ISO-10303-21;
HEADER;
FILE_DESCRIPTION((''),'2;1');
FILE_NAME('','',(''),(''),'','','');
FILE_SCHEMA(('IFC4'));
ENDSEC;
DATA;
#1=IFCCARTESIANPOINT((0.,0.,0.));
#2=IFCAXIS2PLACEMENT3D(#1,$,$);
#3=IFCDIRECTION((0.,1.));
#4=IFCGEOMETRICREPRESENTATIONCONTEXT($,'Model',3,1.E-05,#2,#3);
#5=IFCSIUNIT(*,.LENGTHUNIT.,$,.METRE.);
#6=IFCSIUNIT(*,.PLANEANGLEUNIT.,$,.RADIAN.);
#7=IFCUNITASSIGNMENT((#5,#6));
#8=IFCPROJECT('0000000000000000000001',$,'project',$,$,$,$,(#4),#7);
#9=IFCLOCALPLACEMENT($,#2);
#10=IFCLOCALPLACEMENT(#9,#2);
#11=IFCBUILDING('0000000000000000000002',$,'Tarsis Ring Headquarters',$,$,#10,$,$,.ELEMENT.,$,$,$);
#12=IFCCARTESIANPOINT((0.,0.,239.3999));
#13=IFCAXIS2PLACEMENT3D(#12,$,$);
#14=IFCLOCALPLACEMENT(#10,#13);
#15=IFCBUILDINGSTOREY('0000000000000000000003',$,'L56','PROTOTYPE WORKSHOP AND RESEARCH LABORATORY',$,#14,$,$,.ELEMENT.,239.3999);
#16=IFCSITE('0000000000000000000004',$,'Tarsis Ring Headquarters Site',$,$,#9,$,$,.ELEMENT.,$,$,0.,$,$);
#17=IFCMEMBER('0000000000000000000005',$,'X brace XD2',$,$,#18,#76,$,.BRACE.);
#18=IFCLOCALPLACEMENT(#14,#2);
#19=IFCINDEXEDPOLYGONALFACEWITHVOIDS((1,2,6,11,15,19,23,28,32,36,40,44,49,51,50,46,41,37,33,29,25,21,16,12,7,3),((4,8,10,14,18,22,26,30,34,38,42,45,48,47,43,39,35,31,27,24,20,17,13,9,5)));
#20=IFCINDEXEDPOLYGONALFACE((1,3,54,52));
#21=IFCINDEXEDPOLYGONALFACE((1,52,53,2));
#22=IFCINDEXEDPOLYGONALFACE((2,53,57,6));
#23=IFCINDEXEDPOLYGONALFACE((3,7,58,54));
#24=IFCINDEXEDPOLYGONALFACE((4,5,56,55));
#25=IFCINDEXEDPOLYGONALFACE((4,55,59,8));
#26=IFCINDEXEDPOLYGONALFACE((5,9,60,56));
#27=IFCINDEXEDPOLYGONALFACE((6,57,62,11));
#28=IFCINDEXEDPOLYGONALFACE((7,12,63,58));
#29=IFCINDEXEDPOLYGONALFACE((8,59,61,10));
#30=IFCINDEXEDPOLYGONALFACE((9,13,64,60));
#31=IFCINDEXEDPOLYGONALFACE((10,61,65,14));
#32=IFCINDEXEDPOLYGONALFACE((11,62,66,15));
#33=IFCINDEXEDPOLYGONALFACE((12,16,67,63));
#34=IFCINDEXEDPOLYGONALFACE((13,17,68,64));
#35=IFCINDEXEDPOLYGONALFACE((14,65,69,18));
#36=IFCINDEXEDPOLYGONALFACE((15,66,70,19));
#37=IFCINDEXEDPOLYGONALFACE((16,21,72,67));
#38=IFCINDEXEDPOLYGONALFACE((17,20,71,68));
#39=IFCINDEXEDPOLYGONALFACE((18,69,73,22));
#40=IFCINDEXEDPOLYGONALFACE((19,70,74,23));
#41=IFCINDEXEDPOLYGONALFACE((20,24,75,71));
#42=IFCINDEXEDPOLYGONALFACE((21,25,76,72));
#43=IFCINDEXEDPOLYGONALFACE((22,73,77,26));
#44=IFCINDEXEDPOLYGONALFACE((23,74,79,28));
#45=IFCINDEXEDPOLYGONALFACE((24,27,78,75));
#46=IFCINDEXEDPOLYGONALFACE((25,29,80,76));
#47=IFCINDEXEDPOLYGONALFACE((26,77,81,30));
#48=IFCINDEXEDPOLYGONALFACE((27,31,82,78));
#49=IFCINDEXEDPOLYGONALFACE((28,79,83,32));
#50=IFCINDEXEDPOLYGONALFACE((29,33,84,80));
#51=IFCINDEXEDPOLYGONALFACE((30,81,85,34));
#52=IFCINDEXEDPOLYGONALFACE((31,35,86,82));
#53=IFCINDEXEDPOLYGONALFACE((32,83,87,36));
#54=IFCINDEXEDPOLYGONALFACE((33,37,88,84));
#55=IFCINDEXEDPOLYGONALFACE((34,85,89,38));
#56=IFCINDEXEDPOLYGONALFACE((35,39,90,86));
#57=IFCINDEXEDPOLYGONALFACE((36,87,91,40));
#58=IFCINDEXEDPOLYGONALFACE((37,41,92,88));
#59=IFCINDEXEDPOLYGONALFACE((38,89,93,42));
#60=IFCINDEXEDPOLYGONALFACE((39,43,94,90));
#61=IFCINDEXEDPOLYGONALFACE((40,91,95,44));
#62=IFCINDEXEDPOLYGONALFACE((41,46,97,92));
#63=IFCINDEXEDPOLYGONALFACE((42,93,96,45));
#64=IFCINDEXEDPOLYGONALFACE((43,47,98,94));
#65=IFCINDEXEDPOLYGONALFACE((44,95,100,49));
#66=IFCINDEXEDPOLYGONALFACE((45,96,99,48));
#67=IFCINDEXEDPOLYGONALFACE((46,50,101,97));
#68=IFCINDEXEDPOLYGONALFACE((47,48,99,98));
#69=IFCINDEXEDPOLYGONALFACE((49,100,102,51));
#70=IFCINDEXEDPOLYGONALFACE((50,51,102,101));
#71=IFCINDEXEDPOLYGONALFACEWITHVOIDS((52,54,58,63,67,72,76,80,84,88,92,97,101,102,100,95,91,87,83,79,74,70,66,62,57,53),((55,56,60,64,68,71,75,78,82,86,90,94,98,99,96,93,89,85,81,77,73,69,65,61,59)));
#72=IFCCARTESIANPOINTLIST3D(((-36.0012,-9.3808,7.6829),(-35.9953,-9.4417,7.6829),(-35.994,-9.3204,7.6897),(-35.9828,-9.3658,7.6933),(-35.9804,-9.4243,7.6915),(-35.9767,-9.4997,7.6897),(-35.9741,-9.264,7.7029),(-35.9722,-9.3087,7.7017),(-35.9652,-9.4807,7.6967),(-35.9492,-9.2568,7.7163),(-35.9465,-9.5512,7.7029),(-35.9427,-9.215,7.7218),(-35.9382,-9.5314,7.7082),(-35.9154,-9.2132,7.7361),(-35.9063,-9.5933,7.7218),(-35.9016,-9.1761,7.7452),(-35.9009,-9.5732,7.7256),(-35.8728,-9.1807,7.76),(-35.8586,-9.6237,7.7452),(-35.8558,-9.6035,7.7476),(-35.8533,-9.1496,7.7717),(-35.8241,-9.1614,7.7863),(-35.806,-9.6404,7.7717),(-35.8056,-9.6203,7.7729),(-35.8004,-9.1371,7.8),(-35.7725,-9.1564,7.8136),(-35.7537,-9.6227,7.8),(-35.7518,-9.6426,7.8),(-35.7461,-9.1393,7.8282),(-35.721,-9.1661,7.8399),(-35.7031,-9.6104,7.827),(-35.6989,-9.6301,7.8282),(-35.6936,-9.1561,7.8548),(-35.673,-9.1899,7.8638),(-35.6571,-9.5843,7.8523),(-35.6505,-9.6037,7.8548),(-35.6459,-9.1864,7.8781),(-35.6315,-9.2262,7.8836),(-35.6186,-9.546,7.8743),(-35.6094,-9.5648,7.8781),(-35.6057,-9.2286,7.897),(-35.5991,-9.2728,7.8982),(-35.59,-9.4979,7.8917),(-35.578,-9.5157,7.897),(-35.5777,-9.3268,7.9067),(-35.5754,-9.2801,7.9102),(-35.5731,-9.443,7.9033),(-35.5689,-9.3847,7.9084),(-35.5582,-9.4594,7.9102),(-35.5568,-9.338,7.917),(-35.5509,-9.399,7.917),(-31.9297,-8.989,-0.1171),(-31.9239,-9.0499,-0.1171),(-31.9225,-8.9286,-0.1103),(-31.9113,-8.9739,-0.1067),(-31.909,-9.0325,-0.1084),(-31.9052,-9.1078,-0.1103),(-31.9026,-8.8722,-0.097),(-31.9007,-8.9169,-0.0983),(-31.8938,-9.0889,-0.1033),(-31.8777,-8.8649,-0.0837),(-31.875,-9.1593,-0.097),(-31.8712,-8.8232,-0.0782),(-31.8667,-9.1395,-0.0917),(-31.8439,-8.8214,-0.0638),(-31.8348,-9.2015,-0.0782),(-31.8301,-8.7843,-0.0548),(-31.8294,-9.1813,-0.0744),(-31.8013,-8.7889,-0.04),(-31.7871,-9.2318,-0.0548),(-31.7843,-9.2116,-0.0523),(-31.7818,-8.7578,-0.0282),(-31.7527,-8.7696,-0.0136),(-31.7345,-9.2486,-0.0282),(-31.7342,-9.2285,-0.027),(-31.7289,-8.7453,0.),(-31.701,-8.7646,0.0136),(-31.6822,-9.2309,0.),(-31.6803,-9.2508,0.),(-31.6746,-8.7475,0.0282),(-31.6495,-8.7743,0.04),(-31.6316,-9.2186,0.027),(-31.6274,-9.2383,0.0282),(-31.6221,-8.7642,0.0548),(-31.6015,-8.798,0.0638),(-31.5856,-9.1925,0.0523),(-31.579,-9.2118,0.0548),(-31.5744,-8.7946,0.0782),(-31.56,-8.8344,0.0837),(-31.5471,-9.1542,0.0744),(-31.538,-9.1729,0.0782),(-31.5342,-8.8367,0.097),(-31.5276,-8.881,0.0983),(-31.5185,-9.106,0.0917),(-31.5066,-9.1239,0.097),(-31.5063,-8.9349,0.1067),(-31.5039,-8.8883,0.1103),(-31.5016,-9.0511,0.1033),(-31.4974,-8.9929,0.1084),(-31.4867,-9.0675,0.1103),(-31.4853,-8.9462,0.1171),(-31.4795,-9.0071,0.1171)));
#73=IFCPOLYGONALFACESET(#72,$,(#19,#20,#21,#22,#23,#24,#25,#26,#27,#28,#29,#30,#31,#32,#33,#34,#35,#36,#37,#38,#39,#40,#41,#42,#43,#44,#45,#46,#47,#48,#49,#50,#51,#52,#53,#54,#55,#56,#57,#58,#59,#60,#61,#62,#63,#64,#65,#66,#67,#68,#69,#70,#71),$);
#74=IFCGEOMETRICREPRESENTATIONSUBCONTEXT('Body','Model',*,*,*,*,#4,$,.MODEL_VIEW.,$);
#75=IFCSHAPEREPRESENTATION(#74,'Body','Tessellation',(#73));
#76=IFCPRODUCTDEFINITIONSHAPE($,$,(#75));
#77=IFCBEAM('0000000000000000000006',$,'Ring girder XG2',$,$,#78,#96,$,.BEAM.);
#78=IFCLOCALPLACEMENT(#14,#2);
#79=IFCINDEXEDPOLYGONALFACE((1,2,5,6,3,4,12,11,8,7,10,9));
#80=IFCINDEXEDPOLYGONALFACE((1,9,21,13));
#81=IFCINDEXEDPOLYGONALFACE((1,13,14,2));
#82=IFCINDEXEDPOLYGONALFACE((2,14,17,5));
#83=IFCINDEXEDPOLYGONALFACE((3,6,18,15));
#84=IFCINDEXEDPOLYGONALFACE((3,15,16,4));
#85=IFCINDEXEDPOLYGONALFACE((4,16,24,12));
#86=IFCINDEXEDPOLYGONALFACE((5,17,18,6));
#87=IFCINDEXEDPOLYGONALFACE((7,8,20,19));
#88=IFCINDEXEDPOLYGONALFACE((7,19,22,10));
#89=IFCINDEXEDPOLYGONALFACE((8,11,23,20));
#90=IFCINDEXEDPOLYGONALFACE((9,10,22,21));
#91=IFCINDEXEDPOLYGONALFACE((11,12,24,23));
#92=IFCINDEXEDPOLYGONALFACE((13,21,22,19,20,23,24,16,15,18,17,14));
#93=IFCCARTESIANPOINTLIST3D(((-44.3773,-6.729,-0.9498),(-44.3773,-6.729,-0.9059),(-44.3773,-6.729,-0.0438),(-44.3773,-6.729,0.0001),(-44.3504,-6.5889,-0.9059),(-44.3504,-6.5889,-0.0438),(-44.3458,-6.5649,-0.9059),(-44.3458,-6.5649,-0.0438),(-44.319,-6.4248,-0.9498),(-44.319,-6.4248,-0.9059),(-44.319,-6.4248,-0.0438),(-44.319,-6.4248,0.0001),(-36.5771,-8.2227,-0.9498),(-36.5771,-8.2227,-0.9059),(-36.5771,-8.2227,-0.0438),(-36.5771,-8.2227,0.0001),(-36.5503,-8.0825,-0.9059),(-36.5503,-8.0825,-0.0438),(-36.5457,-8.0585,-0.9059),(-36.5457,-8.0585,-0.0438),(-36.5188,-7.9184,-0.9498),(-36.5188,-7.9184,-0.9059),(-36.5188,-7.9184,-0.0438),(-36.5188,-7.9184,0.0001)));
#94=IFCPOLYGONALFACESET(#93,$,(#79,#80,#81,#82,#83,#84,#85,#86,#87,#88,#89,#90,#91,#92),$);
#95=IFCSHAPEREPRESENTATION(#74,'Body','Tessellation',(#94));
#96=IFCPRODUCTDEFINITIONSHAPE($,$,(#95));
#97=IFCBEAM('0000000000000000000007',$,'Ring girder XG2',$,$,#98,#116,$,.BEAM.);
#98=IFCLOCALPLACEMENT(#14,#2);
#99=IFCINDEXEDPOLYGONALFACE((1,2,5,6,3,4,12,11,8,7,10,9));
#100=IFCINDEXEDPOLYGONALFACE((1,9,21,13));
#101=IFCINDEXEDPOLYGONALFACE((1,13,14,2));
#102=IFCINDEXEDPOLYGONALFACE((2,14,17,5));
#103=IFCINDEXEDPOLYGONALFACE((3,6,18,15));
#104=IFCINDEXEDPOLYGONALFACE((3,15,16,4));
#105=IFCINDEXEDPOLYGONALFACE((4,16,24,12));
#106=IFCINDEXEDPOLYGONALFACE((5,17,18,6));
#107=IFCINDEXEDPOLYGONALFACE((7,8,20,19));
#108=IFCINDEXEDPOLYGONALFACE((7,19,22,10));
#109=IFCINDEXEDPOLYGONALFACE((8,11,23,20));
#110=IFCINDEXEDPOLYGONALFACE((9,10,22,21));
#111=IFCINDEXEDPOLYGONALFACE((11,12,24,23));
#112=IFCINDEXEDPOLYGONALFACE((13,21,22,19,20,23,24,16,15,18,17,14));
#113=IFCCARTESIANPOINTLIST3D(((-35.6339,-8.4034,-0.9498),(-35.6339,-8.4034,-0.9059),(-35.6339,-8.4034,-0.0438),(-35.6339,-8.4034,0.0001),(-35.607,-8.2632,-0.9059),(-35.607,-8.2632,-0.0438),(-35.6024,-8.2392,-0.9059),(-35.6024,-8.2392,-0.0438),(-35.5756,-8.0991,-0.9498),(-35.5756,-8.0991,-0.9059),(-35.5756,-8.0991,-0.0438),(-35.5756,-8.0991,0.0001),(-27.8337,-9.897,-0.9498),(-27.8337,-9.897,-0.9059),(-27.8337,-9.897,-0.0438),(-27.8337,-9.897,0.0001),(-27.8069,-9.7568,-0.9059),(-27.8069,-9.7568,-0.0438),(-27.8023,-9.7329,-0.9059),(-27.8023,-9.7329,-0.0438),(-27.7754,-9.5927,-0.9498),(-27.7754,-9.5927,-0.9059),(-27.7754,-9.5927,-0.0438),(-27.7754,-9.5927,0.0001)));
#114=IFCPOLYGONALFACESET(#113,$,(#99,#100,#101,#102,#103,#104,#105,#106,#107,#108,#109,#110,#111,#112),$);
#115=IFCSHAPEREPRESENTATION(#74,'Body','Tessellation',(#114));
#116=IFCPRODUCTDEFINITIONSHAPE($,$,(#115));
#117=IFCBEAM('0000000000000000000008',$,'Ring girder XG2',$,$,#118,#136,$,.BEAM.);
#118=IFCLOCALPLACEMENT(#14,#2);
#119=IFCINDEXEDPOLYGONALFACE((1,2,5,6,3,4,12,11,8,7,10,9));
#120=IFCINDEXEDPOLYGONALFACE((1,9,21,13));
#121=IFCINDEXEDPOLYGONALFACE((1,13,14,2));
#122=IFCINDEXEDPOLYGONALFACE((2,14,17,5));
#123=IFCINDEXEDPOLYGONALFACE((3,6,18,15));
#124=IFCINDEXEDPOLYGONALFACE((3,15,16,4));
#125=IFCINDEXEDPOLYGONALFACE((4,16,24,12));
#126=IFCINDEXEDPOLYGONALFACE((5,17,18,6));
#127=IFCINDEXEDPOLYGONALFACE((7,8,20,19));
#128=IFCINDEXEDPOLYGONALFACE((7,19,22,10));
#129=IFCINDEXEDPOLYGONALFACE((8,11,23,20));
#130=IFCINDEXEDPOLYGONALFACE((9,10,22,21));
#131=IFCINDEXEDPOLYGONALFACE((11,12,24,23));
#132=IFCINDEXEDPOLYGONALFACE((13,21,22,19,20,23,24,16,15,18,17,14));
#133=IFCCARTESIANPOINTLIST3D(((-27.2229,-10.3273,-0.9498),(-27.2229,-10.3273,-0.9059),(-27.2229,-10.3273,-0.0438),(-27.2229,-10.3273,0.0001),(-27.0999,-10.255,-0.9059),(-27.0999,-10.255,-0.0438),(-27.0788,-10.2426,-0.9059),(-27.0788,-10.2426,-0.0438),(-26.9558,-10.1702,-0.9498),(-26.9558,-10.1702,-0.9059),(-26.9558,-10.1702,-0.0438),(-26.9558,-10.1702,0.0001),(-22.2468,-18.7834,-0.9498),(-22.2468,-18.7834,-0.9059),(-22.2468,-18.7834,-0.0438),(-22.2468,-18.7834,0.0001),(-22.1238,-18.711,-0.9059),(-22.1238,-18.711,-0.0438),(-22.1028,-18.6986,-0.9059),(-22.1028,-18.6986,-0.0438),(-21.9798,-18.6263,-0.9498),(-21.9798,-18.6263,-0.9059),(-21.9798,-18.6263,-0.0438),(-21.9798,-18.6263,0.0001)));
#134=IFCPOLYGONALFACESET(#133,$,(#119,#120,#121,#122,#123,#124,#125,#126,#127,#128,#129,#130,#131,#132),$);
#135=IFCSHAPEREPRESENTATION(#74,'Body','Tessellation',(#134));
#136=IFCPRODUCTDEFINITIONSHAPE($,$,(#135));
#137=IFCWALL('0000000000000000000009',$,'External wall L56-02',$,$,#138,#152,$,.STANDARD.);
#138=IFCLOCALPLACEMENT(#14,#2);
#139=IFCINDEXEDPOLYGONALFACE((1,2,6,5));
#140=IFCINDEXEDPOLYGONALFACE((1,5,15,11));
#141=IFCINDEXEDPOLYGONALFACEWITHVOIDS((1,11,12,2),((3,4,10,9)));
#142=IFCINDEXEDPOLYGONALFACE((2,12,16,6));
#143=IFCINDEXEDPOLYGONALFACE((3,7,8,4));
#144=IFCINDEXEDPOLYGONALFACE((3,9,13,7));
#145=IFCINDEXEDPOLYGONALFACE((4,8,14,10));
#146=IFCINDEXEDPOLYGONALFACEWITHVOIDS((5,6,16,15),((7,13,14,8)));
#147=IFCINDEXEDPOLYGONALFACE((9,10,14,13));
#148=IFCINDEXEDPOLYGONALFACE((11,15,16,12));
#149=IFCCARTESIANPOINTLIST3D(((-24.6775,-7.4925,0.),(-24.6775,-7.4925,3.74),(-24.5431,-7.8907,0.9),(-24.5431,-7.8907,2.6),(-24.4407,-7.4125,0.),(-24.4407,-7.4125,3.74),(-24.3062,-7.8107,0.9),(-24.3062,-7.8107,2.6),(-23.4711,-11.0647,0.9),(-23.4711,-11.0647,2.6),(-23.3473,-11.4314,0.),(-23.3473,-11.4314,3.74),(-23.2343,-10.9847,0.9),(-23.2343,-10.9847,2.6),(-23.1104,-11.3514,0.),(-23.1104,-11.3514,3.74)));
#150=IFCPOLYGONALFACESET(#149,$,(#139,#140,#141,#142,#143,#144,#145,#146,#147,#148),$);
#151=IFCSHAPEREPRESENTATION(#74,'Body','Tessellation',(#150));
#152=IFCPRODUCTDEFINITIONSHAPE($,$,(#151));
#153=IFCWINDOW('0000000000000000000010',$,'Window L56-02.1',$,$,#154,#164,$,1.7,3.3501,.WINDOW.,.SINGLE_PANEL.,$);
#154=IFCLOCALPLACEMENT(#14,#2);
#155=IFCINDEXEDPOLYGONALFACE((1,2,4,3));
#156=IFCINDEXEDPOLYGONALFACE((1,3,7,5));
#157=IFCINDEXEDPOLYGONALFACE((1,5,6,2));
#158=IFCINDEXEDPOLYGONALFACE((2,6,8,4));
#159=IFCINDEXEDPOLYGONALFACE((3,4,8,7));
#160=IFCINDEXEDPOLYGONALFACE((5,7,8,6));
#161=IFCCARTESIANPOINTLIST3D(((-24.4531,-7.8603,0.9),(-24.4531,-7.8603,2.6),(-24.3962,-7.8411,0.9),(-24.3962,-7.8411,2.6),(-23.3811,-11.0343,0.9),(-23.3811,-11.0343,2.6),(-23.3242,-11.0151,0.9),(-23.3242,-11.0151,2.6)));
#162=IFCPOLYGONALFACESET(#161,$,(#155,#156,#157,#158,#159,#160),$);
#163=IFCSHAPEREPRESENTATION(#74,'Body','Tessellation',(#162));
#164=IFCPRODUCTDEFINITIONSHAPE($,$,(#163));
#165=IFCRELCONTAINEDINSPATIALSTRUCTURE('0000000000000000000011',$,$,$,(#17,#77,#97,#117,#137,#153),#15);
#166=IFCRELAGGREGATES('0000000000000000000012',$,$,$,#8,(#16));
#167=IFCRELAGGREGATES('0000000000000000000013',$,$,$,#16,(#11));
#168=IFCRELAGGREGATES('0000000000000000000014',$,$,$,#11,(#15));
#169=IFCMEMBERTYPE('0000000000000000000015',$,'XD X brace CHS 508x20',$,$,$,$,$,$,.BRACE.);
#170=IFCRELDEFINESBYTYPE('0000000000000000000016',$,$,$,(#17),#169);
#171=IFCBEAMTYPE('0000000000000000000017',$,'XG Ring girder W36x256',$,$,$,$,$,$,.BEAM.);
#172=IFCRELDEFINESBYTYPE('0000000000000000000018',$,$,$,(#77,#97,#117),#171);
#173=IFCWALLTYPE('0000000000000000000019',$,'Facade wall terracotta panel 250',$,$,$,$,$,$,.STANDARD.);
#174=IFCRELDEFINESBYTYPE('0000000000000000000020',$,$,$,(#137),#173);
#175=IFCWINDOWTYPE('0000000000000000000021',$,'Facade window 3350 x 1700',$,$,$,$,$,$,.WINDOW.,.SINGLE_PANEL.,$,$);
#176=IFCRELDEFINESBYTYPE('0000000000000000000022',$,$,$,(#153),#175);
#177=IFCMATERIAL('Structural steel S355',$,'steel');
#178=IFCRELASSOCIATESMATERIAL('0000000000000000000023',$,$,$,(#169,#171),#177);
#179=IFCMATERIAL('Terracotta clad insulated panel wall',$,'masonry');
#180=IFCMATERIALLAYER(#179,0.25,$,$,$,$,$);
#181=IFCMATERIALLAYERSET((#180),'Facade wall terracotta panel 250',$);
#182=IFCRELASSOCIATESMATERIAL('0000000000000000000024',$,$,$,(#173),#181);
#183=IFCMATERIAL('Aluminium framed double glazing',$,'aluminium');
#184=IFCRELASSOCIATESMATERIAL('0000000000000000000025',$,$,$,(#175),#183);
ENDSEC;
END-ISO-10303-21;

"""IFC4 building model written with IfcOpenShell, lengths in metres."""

from ifc_helpers import new_model, si_unit, direction, frame, frame_2d, origin, origin_2d, place, context, subcontext, project, spatial, rectangle, hollow_circle, i_section, extrude, material, layer, layer_set, material_profile, profile_set, type_object, element, fill, save


model = new_model("IFC4")

# Units and contexts
model_context = context("Model", 3, precision=1e-05, world=origin(), true_north=direction((0.0, 1.0)))
body_context = subcontext(model_context, "Body", "Model", "MODEL_VIEW")
ifc_project = project(units=[si_unit("LENGTHUNIT", "METRE"), si_unit("PLANEANGLEUNIT", "RADIAN")], contexts=[model_context])

# Site, building, storey
site_placement = place(None, origin())
site = spatial("IfcSite", under=ifc_project, at=site_placement, Name="Tarsis Ring Headquarters Site", CompositionType="ELEMENT", RefElevation=0.0)
building_placement = place(site_placement, origin())
building = spatial("IfcBuilding", under=site, at=building_placement, Name="Tarsis Ring Headquarters", CompositionType="ELEMENT")
storey_placement = place(building_placement, frame((0.0, 0.0, 239.3999)))
storey = spatial("IfcBuildingStorey", under=building, at=storey_placement, Name="L56", Description="PROTOTYPE WORKSHOP AND RESEARCH LABORATORY", CompositionType="ELEMENT", Elevation=239.3999)

# Shared definitions
ifc_material_1 = material(Name="Structural steel S355", Category="steel")

# Member
ifc_material_profile_1 = material_profile(ifc_material_1, hollow_circle(Radius=0.2539, WallThickness=0.02, at=origin_2d()), Name="CHS 508x20")
ifc_profile_set_1 = profile_set([ifc_material_profile_1], Name="Structural steel S355")
member_type = type_object("IfcMemberType", Name="XD X brace CHS 508x20", PredefinedType="BRACE", material=ifc_profile_set_1)
member_1_placement = place(storey_placement, frame((-31.7046, -8.998, 0.0), z_axis=(-0.462281, -0.04449, 0.885617), x_axis=(0.095798, -0.995401, 0.0)))
element("IfcMember", 1, at=member_1_placement, inside=storey, type_object=member_type, Name="X brace XD2", PredefinedType="BRACE", context=body_context, shape_type="SweptSolid", body=[
    extrude(hollow_circle(Radius=0.2539, WallThickness=0.02, at=origin_2d()), origin(), (0.0, 0.0, 1.0), 8.8074),
])

# Beams
ifc_material_profile_2 = material_profile(ifc_material_1, i_section(OverallWidth=0.3098, OverallDepth=0.95, WebThickness=0.0244, FlangeThickness=0.0439, at=origin_2d()), Name="W36x256")
ifc_profile_set_2 = profile_set([ifc_material_profile_2], Name="Structural steel S355")
beam_type = type_object("IfcBeamType", Name="XG Ring girder W36x256", PredefinedType="BEAM", material=ifc_profile_set_2)
for number, where, z_axis, x_axis, name in (
    (2, (-44.3481, -6.5769, -0.4749), (0.982156, -0.18807, 0.0), (0.18807, 0.982156, 0.0), "Ring girder XG2"),
    (3, (-35.6047, -8.2512, -0.4749), (0.982156, -0.18807, 0.0), (0.18807, 0.982156, 0.0), "Ring girder XG2"),
):
    element("IfcBeam", number, at=place(storey_placement, frame(where, z_axis=z_axis, x_axis=x_axis)), inside=storey, type_object=beam_type, Name=name, PredefinedType="BEAM", context=body_context, shape_type="SweptSolid", body=[
        extrude(i_section(OverallWidth=0.3098, OverallDepth=0.95, WebThickness=0.0244, FlangeThickness=0.0439, at=origin_2d()), origin(), (0.0, 0.0, 1.0), 7.9419),
    ])
beam_placement = place(storey_placement, frame((-27.0894, -10.2488, -0.4749), z_axis=(0.507166, -0.861848, 0.0), x_axis=(0.861848, 0.507166, 0.0)))
element("IfcBeam", 4, at=beam_placement, inside=storey, type_object=beam_type, Name="Ring girder XG2", PredefinedType="BEAM", context=body_context, shape_type="SweptSolid", body=[
    extrude(i_section(OverallWidth=0.3098, OverallDepth=0.95, WebThickness=0.0244, FlangeThickness=0.0439, at=origin_2d()), origin(), (0.0, 0.0, 1.0), 9.8115),
])

# Shared definitions
ifc_material_2 = material(Name="Terracotta clad insulated panel wall", Category="masonry")
ifc_layer = layer(ifc_material_2, 0.25)
ifc_layer_set = layer_set([ifc_layer], Name="Facade wall terracotta panel 250")
wall_type = type_object("IfcWallType", Name="Facade wall terracotta panel 250", PredefinedType="STANDARD", material=ifc_layer_set)
ifc_material_3 = material(Name="Aluminium framed double glazing", Category="aluminium")

# Wall, opening, window
wall_1_placement = place(storey_placement, frame((-24.5591, -7.4526, 0.0), z_axis=(0.0, 0.0, 1.0), x_axis=(0.319978, -0.947425, 0.0)))
wall_1 = element("IfcWall", 5, at=wall_1_placement, inside=storey, type_object=wall_type, Name="External wall L56-02", PredefinedType="STANDARD", context=body_context, shape_type="SweptSolid", body=[
    extrude(rectangle(XDim=4.1575, YDim=0.25, at=frame_2d((2.0786, 0.0))), origin(), (0.0, 0.0, 1.0), 3.74),
])
opening_1_placement = place(wall_1_placement, frame((0.4202, 0.0, 0.8999)))
opening_1 = element("IfcOpeningElement", 6, at=opening_1_placement, cuts=wall_1, PredefinedType="OPENING", context=body_context, shape_type="SweptSolid", body=[
    extrude(rectangle(XDim=3.3501, YDim=1.7, at=frame_2d((1.675, 0.8501))), frame((0.0, 0.135, 0.0), z_axis=(0.0, -1.0, 0.0), x_axis=(1.0, 0.0, 0.0)), (0.0, 0.0, 1.0), 0.27),
])
window_type = type_object("IfcWindowType", Name="Facade window 3350 x 1700", PartitioningType="SINGLE_PANEL", PredefinedType="WINDOW", material=ifc_material_3)
window_placement = place(opening_1_placement, origin())
window = element("IfcWindow", 7, at=window_placement, inside=storey, type_object=window_type, Name="Window L56-02.1", OverallHeight=1.7, OverallWidth=3.3501, PartitioningType="SINGLE_PANEL", PredefinedType="WINDOW", context=body_context, shape_type="SweptSolid", body=[
    extrude(rectangle(XDim=3.3501, YDim=1.7, at=frame_2d((1.675, 0.8501))), frame((0.0, 0.03, 0.0), z_axis=(0.0, -1.0, 0.0), x_axis=(1.0, 0.0, 0.0)), (0.0, 0.0, 1.0), 0.0601),
])
fill(opening_1, window)

save(model, "model.ifc")
